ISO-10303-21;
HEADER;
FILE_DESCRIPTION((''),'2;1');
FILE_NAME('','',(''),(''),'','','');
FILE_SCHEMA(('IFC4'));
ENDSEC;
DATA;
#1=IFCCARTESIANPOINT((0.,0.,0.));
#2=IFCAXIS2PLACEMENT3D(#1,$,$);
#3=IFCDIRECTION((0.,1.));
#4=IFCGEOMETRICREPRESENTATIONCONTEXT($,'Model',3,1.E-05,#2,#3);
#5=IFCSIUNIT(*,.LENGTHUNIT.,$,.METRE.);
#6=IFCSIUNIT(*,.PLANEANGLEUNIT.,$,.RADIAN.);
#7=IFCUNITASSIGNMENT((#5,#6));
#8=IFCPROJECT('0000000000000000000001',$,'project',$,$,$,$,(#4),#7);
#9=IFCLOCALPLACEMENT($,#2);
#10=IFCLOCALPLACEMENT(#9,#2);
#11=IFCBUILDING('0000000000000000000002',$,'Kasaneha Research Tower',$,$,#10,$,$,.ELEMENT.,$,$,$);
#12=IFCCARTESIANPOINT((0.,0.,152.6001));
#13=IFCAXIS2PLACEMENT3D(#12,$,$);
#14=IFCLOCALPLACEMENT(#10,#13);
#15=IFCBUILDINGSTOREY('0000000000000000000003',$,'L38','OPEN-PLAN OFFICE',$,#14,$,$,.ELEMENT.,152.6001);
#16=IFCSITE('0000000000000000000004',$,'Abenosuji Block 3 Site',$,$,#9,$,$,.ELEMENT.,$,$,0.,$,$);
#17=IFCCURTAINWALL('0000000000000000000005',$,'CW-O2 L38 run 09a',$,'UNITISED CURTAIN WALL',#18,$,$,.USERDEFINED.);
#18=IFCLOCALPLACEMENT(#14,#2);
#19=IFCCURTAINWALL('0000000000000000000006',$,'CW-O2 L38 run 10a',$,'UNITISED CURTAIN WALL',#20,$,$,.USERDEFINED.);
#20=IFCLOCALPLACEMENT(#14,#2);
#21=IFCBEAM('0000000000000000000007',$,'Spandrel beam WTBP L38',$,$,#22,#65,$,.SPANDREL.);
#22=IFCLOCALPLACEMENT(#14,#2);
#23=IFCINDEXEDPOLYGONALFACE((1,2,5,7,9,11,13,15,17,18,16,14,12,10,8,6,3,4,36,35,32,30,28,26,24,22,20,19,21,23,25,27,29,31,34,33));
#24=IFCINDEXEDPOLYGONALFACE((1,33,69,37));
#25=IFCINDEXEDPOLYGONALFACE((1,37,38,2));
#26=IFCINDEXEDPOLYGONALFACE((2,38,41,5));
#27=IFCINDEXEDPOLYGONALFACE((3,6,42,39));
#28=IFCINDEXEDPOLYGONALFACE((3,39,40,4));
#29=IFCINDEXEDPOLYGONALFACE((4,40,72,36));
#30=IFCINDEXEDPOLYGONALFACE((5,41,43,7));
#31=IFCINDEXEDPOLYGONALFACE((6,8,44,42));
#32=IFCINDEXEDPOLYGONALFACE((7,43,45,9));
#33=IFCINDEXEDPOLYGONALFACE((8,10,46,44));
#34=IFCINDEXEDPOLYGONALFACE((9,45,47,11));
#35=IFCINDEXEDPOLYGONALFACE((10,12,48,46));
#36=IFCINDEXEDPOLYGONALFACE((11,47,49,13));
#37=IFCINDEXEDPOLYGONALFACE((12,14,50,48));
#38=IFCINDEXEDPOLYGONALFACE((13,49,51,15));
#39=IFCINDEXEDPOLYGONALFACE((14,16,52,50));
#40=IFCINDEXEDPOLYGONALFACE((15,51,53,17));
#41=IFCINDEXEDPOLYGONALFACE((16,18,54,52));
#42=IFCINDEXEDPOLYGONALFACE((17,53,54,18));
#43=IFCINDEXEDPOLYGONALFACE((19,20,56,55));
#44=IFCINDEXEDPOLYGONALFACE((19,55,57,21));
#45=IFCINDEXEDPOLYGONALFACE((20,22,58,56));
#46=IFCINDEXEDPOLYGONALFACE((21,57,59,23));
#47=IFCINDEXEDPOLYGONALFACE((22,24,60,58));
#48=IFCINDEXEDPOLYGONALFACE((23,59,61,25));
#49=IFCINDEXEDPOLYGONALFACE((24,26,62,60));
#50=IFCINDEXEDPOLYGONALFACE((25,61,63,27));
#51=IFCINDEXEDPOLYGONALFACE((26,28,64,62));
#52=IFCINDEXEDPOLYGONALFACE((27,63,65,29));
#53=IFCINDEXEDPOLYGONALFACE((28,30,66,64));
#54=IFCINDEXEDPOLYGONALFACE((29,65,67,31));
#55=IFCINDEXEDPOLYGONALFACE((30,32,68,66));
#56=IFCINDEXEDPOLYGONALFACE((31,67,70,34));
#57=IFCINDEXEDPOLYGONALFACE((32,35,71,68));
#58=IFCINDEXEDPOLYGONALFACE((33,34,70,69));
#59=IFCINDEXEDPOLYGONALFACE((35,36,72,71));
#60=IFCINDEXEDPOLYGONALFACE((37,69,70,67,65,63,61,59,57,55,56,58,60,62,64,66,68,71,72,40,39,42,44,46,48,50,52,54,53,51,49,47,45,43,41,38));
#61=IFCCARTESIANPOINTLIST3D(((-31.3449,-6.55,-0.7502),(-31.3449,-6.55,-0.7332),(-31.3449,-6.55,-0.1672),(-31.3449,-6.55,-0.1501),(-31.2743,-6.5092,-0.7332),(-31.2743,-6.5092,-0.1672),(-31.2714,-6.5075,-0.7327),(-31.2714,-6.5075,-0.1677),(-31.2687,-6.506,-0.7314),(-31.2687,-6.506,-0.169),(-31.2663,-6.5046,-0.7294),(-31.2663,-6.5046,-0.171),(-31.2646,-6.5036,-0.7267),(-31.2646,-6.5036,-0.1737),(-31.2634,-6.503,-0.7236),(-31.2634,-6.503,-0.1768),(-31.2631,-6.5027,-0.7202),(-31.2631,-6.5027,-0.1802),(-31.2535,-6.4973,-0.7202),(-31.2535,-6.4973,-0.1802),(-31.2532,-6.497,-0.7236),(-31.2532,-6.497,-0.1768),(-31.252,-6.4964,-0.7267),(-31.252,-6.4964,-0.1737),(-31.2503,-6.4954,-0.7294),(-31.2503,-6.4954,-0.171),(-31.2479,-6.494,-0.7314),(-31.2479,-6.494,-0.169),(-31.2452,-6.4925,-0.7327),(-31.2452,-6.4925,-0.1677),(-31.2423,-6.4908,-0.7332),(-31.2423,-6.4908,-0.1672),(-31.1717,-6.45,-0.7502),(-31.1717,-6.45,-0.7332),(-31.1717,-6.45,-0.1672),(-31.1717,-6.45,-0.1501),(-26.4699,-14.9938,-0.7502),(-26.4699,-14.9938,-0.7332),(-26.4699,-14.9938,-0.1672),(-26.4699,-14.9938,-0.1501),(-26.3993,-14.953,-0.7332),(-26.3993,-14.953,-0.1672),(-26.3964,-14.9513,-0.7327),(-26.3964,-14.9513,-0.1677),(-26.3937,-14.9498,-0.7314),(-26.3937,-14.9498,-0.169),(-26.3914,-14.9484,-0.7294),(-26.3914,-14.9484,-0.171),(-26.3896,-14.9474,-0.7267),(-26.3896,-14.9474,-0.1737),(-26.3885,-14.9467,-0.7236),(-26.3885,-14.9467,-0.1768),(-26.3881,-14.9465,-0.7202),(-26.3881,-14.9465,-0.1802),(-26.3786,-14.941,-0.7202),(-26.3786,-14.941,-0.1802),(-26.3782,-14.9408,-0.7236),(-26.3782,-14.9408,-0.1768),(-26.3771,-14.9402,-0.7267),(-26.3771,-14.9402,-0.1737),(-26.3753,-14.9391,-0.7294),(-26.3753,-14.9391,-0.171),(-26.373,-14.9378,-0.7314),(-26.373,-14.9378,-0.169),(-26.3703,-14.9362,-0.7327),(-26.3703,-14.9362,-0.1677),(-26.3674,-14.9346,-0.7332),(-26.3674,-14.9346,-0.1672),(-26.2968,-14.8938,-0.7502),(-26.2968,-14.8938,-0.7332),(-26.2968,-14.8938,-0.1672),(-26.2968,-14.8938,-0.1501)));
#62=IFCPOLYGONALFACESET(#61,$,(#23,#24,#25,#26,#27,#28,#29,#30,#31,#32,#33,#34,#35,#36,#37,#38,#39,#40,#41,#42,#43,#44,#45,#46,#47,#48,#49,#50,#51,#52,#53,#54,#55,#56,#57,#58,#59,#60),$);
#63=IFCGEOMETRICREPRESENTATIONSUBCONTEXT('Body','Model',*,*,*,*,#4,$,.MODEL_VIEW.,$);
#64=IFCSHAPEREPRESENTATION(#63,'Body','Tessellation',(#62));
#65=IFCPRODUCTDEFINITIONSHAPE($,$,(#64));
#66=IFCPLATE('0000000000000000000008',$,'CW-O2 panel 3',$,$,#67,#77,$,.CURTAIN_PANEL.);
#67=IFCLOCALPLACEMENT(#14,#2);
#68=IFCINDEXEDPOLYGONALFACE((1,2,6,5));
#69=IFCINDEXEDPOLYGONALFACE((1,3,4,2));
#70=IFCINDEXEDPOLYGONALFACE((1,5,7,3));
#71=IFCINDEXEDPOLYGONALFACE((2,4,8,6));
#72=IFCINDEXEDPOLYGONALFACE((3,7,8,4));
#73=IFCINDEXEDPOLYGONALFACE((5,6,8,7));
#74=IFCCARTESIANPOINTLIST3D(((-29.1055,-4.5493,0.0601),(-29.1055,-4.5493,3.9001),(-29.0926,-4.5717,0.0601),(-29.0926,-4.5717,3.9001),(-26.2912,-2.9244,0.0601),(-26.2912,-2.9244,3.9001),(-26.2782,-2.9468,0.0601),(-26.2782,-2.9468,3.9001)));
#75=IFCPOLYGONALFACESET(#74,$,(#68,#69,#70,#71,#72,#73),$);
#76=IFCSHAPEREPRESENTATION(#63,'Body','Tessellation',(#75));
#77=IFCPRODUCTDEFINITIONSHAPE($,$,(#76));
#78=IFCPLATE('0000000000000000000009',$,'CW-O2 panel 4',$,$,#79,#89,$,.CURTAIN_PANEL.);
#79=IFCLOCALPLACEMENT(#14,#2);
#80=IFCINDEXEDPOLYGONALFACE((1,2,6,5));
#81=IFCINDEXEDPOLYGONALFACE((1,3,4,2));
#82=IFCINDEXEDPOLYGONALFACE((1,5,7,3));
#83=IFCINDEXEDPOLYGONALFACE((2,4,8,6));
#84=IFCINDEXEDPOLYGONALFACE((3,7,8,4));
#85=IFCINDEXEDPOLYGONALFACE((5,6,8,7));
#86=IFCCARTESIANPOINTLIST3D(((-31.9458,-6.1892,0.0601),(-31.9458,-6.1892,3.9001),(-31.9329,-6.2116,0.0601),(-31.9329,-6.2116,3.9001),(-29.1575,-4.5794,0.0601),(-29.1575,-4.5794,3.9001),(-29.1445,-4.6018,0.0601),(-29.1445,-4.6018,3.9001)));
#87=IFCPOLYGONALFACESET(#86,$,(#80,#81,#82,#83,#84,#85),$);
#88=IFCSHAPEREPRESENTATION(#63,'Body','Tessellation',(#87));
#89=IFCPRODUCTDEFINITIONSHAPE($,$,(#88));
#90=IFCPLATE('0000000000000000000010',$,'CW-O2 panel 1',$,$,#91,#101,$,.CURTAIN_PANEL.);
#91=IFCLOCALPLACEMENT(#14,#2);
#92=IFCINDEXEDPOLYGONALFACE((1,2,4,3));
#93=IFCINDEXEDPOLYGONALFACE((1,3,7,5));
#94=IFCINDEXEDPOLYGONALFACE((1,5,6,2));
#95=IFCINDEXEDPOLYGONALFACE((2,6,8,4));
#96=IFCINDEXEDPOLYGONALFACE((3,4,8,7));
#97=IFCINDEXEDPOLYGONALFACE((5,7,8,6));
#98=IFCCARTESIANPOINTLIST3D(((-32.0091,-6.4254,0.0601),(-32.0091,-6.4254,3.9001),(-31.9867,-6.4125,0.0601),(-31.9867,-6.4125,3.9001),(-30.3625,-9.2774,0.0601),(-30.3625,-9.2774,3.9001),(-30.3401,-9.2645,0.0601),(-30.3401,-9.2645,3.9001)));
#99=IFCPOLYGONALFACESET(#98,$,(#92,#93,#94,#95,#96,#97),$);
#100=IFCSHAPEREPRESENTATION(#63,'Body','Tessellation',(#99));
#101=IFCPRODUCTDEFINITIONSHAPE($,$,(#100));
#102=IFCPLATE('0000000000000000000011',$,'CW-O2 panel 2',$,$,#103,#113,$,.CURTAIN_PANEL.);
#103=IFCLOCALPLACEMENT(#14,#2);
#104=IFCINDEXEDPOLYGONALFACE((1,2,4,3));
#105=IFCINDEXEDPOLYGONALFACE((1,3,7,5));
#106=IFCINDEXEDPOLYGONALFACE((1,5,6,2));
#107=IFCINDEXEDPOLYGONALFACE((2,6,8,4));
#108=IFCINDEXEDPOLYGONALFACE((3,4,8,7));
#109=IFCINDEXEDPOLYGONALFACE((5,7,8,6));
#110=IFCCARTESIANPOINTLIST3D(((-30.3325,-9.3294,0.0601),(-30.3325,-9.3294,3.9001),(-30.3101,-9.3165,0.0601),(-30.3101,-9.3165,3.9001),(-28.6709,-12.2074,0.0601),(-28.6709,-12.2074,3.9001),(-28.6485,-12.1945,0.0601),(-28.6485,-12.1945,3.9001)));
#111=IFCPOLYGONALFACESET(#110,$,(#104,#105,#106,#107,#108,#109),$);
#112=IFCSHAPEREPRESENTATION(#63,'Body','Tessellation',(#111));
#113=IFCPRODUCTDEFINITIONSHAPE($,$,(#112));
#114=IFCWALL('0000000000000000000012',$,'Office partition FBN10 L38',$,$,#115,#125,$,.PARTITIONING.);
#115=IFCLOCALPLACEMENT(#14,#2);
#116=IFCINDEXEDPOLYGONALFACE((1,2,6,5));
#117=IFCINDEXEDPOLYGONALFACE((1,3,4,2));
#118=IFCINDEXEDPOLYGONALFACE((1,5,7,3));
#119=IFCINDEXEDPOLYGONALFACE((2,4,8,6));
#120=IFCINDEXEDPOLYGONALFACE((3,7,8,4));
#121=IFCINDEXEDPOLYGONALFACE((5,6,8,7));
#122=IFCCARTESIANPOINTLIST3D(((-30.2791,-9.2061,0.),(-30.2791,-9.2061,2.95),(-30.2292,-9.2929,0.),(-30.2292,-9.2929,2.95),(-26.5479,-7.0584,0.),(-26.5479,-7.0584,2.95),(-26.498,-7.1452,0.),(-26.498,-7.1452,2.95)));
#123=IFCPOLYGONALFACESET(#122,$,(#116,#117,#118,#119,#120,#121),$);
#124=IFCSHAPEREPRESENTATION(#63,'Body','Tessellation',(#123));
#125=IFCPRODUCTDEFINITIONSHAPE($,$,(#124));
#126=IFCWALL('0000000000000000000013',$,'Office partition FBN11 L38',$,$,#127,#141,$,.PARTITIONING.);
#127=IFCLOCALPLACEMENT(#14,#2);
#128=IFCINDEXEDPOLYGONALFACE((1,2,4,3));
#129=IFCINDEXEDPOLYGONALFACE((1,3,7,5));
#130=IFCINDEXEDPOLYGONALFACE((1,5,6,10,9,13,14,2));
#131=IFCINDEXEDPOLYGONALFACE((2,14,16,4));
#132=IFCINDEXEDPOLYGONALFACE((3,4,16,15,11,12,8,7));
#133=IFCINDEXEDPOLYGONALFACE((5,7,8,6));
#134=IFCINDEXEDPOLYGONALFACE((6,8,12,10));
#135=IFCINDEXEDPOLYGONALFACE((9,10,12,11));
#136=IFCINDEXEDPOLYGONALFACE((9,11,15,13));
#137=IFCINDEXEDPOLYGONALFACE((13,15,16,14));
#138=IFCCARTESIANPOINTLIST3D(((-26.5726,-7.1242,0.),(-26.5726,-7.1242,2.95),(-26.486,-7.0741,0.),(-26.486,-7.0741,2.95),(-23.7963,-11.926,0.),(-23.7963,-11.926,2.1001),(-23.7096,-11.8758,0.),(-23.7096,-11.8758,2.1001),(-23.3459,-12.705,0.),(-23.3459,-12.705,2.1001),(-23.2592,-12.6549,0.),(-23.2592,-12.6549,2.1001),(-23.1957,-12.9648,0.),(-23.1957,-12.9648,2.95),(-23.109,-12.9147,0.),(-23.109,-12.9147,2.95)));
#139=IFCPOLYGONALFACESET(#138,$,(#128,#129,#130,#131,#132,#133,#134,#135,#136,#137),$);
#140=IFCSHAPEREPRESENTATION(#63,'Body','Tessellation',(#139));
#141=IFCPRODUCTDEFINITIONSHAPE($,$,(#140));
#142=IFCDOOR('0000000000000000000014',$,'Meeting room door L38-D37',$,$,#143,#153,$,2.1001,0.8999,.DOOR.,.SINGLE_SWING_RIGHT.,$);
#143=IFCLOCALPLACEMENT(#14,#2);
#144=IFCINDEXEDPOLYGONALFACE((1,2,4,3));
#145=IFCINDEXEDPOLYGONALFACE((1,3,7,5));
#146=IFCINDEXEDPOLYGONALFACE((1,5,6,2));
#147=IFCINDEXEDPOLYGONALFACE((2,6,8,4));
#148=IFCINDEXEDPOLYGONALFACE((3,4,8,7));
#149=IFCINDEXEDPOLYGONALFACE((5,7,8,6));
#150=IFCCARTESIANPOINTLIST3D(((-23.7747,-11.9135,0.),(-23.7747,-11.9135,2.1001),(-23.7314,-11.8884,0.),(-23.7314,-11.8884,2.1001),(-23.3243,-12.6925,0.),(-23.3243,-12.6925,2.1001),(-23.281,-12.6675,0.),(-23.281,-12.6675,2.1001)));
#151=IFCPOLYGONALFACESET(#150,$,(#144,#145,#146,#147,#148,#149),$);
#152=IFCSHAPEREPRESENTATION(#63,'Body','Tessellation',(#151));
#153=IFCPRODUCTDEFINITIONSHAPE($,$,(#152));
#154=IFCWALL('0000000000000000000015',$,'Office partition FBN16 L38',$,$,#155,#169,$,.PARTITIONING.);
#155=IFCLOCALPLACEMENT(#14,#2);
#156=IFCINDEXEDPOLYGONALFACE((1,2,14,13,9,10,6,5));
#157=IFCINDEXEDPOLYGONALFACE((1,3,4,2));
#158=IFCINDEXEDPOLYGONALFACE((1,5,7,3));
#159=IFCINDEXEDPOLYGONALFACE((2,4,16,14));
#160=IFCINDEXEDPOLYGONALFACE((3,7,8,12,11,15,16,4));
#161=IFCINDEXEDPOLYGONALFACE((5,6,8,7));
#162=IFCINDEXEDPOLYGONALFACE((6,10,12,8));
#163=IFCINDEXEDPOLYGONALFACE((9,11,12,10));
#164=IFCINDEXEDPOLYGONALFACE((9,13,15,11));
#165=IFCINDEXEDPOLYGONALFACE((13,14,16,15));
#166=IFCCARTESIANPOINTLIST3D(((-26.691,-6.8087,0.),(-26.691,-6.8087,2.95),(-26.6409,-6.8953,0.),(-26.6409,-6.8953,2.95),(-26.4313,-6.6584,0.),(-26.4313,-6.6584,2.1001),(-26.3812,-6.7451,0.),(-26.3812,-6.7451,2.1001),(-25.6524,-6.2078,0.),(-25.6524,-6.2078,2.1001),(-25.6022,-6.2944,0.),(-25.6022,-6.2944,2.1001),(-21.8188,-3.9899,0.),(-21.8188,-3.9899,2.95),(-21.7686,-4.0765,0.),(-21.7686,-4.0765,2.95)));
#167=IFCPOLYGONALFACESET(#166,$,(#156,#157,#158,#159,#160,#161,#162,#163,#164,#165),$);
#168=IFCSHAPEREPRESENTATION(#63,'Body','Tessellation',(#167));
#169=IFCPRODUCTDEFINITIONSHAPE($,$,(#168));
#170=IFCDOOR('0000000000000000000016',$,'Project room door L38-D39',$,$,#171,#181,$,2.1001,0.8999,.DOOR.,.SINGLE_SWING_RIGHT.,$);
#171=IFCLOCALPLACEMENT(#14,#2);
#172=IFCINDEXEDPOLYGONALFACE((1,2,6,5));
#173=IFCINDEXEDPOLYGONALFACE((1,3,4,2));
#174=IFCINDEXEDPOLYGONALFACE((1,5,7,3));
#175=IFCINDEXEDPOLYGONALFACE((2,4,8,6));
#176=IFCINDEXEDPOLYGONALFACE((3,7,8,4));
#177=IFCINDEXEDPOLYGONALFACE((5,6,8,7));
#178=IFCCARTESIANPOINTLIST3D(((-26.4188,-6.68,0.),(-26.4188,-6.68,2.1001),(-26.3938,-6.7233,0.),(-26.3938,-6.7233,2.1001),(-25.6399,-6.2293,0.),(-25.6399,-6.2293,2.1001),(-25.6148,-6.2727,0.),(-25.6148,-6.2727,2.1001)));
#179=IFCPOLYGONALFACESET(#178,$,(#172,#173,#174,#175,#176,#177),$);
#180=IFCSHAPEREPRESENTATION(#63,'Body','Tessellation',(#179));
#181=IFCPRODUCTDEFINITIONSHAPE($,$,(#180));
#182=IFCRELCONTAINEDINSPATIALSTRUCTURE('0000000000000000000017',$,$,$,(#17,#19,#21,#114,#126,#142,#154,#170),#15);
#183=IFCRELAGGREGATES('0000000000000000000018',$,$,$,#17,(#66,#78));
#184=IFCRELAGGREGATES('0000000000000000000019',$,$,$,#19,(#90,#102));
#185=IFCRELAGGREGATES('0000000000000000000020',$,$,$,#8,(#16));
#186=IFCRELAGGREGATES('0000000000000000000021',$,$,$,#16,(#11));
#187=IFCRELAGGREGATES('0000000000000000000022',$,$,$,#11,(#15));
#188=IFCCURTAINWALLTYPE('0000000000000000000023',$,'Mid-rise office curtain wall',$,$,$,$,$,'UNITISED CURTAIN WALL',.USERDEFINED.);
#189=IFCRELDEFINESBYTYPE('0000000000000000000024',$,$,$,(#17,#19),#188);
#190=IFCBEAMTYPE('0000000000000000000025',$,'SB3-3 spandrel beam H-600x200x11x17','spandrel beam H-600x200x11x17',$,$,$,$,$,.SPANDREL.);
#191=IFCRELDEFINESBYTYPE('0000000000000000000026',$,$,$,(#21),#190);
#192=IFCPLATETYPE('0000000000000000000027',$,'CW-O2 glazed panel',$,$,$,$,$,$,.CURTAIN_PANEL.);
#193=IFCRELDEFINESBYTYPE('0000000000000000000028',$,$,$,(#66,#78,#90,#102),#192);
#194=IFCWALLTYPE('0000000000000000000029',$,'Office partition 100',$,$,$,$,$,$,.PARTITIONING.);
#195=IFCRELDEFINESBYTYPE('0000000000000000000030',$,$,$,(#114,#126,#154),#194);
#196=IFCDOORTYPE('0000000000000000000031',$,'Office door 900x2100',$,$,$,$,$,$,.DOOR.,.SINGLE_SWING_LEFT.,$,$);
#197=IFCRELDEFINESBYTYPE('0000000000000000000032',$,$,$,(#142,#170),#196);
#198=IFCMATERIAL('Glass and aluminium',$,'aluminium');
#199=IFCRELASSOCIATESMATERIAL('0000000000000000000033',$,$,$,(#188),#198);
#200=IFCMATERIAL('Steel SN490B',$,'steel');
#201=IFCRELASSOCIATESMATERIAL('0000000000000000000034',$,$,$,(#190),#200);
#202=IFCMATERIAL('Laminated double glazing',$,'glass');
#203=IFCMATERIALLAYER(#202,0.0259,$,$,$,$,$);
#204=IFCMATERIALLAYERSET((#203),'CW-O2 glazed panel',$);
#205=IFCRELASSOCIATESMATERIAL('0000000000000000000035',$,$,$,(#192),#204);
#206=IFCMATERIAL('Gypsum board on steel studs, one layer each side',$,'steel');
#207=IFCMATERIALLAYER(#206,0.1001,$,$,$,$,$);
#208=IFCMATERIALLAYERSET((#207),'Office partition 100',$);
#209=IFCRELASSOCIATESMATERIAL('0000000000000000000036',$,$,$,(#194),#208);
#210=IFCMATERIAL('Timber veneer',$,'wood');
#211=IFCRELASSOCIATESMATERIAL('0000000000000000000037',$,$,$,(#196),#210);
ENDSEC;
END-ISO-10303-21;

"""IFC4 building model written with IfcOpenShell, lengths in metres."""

from ifc_helpers import new_model, si_unit, direction, frame, frame_2d, origin, origin_2d, place, context, subcontext, project, spatial, rectangle, i_section, extrude, material, layer, layer_set, material_profile, profile_set, type_object, element, fill, aggregate, save


model = new_model("IFC4")

# Units and contexts
model_context = context("Model", 3, precision=1e-05, world=origin(), true_north=direction((0.0, 1.0)))
body_context = subcontext(model_context, "Body", "Model", "MODEL_VIEW")
ifc_project = project(units=[si_unit("LENGTHUNIT", "METRE"), si_unit("PLANEANGLEUNIT", "RADIAN")], contexts=[model_context])

# Site, building, storey
site_placement = place(None, origin())
site = spatial("IfcSite", under=ifc_project, at=site_placement, Name="Abenosuji Block 3 Site", CompositionType="ELEMENT", RefElevation=0.0)
building_placement = place(site_placement, origin())
building = spatial("IfcBuilding", under=site, at=building_placement, Name="Kasaneha Research Tower", CompositionType="ELEMENT")
storey_placement = place(building_placement, frame((0.0, 0.0, 152.6001)))
storey = spatial("IfcBuildingStorey", under=building, at=storey_placement, Name="L38", Description="OPEN-PLAN OFFICE", CompositionType="ELEMENT", Elevation=152.6001)

# Curtain walls
ifc_material_1 = material(Name="Glass and aluminium", Category="aluminium")
curtain_wall_type = type_object("IfcCurtainWallType", Name="Mid-rise office curtain wall", ElementType="UNITISED CURTAIN WALL", PredefinedType="USERDEFINED", material=ifc_material_1)
curtain_wall_1_placement = place(storey_placement, origin())
curtain_wall_1 = element("IfcCurtainWall", 1, at=curtain_wall_1_placement, inside=storey, type_object=curtain_wall_type, Name="CW-O2 L38 run 09a", ObjectType="UNITISED CURTAIN WALL", PredefinedType="USERDEFINED")
curtain_wall_2_placement = place(storey_placement, origin())
curtain_wall_2 = element("IfcCurtainWall", 2, at=curtain_wall_2_placement, inside=storey, type_object=curtain_wall_type, Name="CW-O2 L38 run 10a", ObjectType="UNITISED CURTAIN WALL", PredefinedType="USERDEFINED")

# Beam
ifc_material_2 = material(Name="Steel SN490B", Category="steel")
ifc_material_profile_1 = material_profile(ifc_material_2, i_section(OverallWidth=0.2, OverallDepth=0.6001, WebThickness=0.011, FlangeThickness=0.0171, FilletRadius=0.0129, at=origin_2d()), Name="H-600x200x11x17")
ifc_profile_set_1 = profile_set([ifc_material_profile_1], Name="Steel SN490B")
beam_type_1 = type_object("IfcBeamType", Name="SB3-3 spandrel beam H-600x200x11x17", Description="spandrel beam H-600x200x11x17", PredefinedType="SPANDREL", material=ifc_profile_set_1)
beam_1_placement = place(storey_placement, frame((-31.2583, -6.5, -0.4502), z_axis=(0.499996, -0.866028, 0.0), x_axis=(0.866028, 0.499996, 0.0)))
element("IfcBeam", 3, at=beam_1_placement, inside=storey, type_object=beam_type_1, Name="Spandrel beam WTBP L38", PredefinedType="SPANDREL", context=body_context, shape_type="SweptSolid", body=[
    extrude(i_section(OverallWidth=0.2, OverallDepth=0.6001, WebThickness=0.011, FlangeThickness=0.0171, FilletRadius=0.0129, at=origin_2d()), origin(), (0.0, 0.0, 1.0), 9.75),
])

# Plates
ifc_material_3 = material(Name="Laminated double glazing", Category="glass")
ifc_layer_1 = layer(ifc_material_3, 0.0259)
ifc_layer_set_1 = layer_set([ifc_layer_1], Name="CW-O2 glazed panel")
plate_type = type_object("IfcPlateType", Name="CW-O2 glazed panel", PredefinedType="CURTAIN_PANEL", material=ifc_layer_set_1)
plate_1_placement = place(storey_placement, frame((-27.6919, -3.748, 0.0601), z_axis=(0.0, 0.0, 1.0), x_axis=(-0.866025, -0.5, 0.0)))
plate_1 = element("IfcPlate", 4, at=plate_1_placement, type_object=plate_type, Name="CW-O2 panel 3", PredefinedType="CURTAIN_PANEL", context=body_context, shape_type="SweptSolid", body=[
    extrude(rectangle(XDim=3.2498, YDim=0.0259, at=origin_2d()), origin(), (0.0, 0.0, 1.0), 3.8401),
])
plate_2_placement = place(storey_placement, frame((-30.5452, -5.3955, 0.0601), z_axis=(0.0, 0.0, 1.0), x_axis=(-0.866025, -0.5, 0.0)))
plate_2 = element("IfcPlate", 5, at=plate_2_placement, type_object=plate_type, Name="CW-O2 panel 4", PredefinedType="CURTAIN_PANEL", context=body_context, shape_type="SweptSolid", body=[
    extrude(rectangle(XDim=3.2197, YDim=0.0259, at=origin_2d()), origin(), (0.0, 0.0, 1.0), 3.8401),
])
aggregate(curtain_wall_1, [plate_1, plate_2])
plate_3_placement = place(storey_placement, frame((-31.1746, -7.845, 0.0601), z_axis=(0.0, 0.0, 1.0), x_axis=(0.5, -0.866025, 0.0)))
plate_3 = element("IfcPlate", 6, at=plate_3_placement, type_object=plate_type, Name="CW-O2 panel 1", PredefinedType="CURTAIN_PANEL", context=body_context, shape_type="SweptSolid", body=[
    extrude(rectangle(XDim=3.2932, YDim=0.0259, at=origin_2d()), origin(), (0.0, 0.0, 1.0), 3.8401),
])
plate_4_placement = place(storey_placement, frame((-29.4905, -10.762, 0.0601), z_axis=(0.0, 0.0, 1.0), x_axis=(0.5, -0.866025, 0.0)))
plate_4 = element("IfcPlate", 7, at=plate_4_placement, type_object=plate_type, Name="CW-O2 panel 2", PredefinedType="CURTAIN_PANEL", context=body_context, shape_type="SweptSolid", body=[
    extrude(rectangle(XDim=3.3232, YDim=0.0259, at=origin_2d()), origin(), (0.0, 0.0, 1.0), 3.8401),
])
aggregate(curtain_wall_2, [plate_3, plate_4])

# Wall
ifc_material_4 = material(Name="Gypsum board on steel studs, one layer each side", Category="steel")
ifc_layer_2 = layer(ifc_material_4, 0.1001)
ifc_layer_set_2 = layer_set([ifc_layer_2], Name="Office partition 100")
wall_type_1 = type_object("IfcWallType", Name="Office partition 100", PredefinedType="PARTITIONING", material=ifc_layer_set_2)
wall_1_placement = place(storey_placement, frame((-30.2542, -9.2495, 0.0), z_axis=(0.0, 0.0, 1.0), x_axis=(0.866679, 0.498866, 0.0)))
element("IfcWall", 8, at=wall_1_placement, inside=storey, type_object=wall_type_1, Name="Office partition FBN10 L38", PredefinedType="PARTITIONING", context=body_context, shape_type="SweptSolid", body=[
    extrude(rectangle(XDim=4.3052, YDim=0.1001, at=frame_2d((2.1526, 0.0))), origin(), (0.0, 0.0, 1.0), 2.95),
])

# Walls, openings, doors
wall_2_placement = place(storey_placement, frame((-26.5293, -7.0991, 0.0), z_axis=(0.0, 0.0, 1.0), x_axis=(0.500544, -0.865711, 0.0)))
wall_2 = element("IfcWall", 9, at=wall_2_placement, inside=storey, type_object=wall_type_1, Name="Office partition FBN11 L38", PredefinedType="PARTITIONING", context=body_context, shape_type="SweptSolid", body=[
    extrude(rectangle(XDim=6.7466, YDim=0.1001, at=frame_2d((3.3733, 0.0))), origin(), (0.0, 0.0, 1.0), 2.95),
])
opening_1_placement = place(wall_2_placement, frame((5.5466, 0.0, 0.0)))
opening_1 = element("IfcOpeningElement", 10, at=opening_1_placement, cuts=wall_2, PredefinedType="OPENING", context=body_context, shape_type="SweptSolid", body=[
    extrude(rectangle(XDim=0.8999, YDim=2.1001, at=frame_2d((0.45, 1.05))), frame((0.0, 0.0601, 0.0), z_axis=(0.0, -1.0, 0.0), x_axis=(1.0, 0.0, 0.0)), (0.0, 0.0, 1.0), 0.1201),
])
ifc_material_5 = material(Name="Timber veneer", Category="wood")
door_type_1 = type_object("IfcDoorType", Name="Office door 900x2100", OperationType="SINGLE_SWING_LEFT", PredefinedType="DOOR", material=ifc_material_5)
door_1_placement = place(opening_1_placement, origin())
door_1 = element("IfcDoor", 11, at=door_1_placement, inside=storey, type_object=door_type_1, Name="Meeting room door L38-D37", OperationType="SINGLE_SWING_RIGHT", OverallHeight=2.1001, OverallWidth=0.8999, PredefinedType="DOOR", context=body_context, shape_type="SweptSolid", body=[
    extrude(rectangle(XDim=0.8999, YDim=2.1001, at=frame_2d((0.45, 1.05))), frame((0.0, 0.0249, 0.0), z_axis=(0.0, -1.0, 0.0), x_axis=(1.0, 0.0, 0.0)), (0.0, 0.0, 1.0), 0.05),
])
fill(opening_1, door_1)
wall_3_placement = place(storey_placement, frame((-21.7937, -4.0332, 0.0), z_axis=(0.0, 0.0, 1.0), x_axis=(-0.865578, -0.500775, 0.0)))
wall_3 = element("IfcWall", 12, at=wall_3_placement, inside=storey, type_object=wall_type_1, Name="Office partition FBN16 L38", PredefinedType="PARTITIONING", context=body_context, shape_type="SweptSolid", body=[
    extrude(rectangle(XDim=5.6289, YDim=0.1001, at=frame_2d((2.8145, 0.0))), origin(), (0.0, 0.0, 1.0), 2.95),
])
opening_2_placement = place(wall_3_placement, frame((4.429, 0.0, 0.0)))
opening_2 = element("IfcOpeningElement", 13, at=opening_2_placement, cuts=wall_3, PredefinedType="OPENING", context=body_context, shape_type="SweptSolid", body=[
    extrude(rectangle(XDim=0.8999, YDim=2.1001, at=frame_2d((0.45, 1.05))), frame((0.0, 0.0601, 0.0), z_axis=(0.0, -1.0, 0.0), x_axis=(1.0, 0.0, 0.0)), (0.0, 0.0, 1.0), 0.1201),
])
door_2_placement = place(opening_2_placement, origin())
door_2 = element("IfcDoor", 14, at=door_2_placement, inside=storey, type_object=door_type_1, Name="Project room door L38-D39", OperationType="SINGLE_SWING_RIGHT", OverallHeight=2.1001, OverallWidth=0.8999, PredefinedType="DOOR", context=body_context, shape_type="SweptSolid", body=[
    extrude(rectangle(XDim=0.8999, YDim=2.1001, at=frame_2d((0.45, 1.05))), frame((0.0, 0.0249, 0.0), z_axis=(0.0, -1.0, 0.0), x_axis=(1.0, 0.0, 0.0)), (0.0, 0.0, 1.0), 0.05),
])
fill(opening_2, door_2)

save(model, "model.ifc")
